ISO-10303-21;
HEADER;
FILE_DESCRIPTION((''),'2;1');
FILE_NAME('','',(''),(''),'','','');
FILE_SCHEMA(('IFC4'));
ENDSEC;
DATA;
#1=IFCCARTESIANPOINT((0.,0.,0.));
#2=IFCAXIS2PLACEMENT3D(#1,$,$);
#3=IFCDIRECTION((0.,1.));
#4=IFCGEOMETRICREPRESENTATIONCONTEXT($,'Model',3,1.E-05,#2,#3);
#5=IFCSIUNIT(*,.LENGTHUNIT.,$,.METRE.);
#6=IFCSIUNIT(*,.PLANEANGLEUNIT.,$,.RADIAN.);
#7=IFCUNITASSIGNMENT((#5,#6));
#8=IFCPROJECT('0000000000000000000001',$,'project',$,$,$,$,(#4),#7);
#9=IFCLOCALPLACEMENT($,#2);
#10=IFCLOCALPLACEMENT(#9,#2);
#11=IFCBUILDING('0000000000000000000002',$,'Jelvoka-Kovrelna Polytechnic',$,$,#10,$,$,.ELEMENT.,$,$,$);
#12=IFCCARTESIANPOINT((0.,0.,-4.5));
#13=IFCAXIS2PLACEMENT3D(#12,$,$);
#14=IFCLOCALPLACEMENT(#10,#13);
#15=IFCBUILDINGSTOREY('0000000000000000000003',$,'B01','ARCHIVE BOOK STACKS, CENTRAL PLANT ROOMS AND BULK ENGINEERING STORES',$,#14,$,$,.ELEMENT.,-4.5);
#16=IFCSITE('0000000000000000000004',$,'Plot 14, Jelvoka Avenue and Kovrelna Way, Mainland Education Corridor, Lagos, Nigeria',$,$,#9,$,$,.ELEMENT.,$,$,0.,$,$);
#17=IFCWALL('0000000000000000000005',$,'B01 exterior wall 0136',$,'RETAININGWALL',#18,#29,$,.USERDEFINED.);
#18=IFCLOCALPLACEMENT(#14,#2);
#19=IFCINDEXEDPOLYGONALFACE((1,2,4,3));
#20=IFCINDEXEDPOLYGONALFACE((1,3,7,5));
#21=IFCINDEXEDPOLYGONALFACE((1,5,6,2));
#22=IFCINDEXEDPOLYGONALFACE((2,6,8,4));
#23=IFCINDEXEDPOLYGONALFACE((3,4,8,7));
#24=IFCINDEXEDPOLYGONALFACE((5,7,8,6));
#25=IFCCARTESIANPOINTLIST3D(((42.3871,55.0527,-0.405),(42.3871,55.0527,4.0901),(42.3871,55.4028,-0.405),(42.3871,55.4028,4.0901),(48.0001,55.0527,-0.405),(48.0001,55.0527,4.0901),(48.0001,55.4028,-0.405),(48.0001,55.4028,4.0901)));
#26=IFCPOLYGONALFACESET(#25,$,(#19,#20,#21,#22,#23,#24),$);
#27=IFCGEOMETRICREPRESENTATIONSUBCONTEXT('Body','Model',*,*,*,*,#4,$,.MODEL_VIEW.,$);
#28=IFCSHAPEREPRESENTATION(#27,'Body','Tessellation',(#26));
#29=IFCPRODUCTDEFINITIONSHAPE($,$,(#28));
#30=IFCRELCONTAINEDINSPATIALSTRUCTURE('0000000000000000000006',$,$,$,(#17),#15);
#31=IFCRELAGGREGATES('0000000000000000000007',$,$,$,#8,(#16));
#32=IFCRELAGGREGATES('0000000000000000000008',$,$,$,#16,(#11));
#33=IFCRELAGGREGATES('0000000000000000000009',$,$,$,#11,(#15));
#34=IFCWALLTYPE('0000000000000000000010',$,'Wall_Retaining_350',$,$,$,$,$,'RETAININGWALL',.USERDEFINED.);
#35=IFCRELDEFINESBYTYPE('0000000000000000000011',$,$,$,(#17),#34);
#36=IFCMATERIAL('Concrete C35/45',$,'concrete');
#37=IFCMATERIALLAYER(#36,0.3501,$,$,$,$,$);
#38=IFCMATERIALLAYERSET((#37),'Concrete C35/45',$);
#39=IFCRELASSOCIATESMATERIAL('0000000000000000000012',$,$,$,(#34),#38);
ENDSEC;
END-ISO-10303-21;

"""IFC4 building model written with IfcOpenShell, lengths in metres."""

from ifc_helpers import new_model, si_unit, direction, frame, frame_2d, origin, place, context, subcontext, project, spatial, rectangle, extrude, material, layer, layer_set, type_object, element, save


model = new_model("IFC4")

# Units and contexts
model_context = context("Model", 3, precision=1e-05, world=origin(), true_north=direction((0.0, 1.0)))
body_context = subcontext(model_context, "Body", "Model", "MODEL_VIEW")
ifc_project = project(units=[si_unit("LENGTHUNIT", "METRE"), si_unit("PLANEANGLEUNIT", "RADIAN")], contexts=[model_context])

# Site, building, storey
site_placement = place(None, origin())
site = spatial("IfcSite", under=ifc_project, at=site_placement, Name="Plot 14, Jelvoka Avenue and Kovrelna Way, Mainland Education Corridor, Lagos, Nigeria", CompositionType="ELEMENT", RefElevation=0.0)
building_placement = place(site_placement, origin())
building = spatial("IfcBuilding", under=site, at=building_placement, Name="Jelvoka-Kovrelna Polytechnic", CompositionType="ELEMENT")
storey_placement = place(building_placement, frame((0.0, 0.0, -4.5)))
storey = spatial("IfcBuildingStorey", under=building, at=storey_placement, Name="B01", Description="ARCHIVE BOOK STACKS, CENTRAL PLANT ROOMS AND BULK ENGINEERING STORES", CompositionType="ELEMENT", Elevation=-4.5)

# Wall
ifc_material_1 = material(Name="Concrete C35/45", Category="concrete")
ifc_layer = layer(ifc_material_1, 0.3501)
ifc_layer_set = layer_set([ifc_layer], Name="Concrete C35/45")
wall_type = type_object("IfcWallType", Name="Wall_Retaining_350", ElementType="RETAININGWALL", PredefinedType="USERDEFINED", material=ifc_layer_set)
wall_1_placement = place(storey_placement, frame((42.387, 55.2278, -0.405), z_axis=(0.0, 0.0, 1.0), x_axis=(1.0, 0.0, 0.0)))
element("IfcWall", 1, at=wall_1_placement, inside=storey, type_object=wall_type, Name="B01 exterior wall 0136", ObjectType="RETAININGWALL", PredefinedType="USERDEFINED", context=body_context, shape_type="SweptSolid", body=[
    extrude(rectangle(XDim=5.613, YDim=0.3501, at=frame_2d((2.8066, 0.0))), origin(), (0.0, 0.0, 1.0), 4.4951),
])

save(model, "model.ifc")
